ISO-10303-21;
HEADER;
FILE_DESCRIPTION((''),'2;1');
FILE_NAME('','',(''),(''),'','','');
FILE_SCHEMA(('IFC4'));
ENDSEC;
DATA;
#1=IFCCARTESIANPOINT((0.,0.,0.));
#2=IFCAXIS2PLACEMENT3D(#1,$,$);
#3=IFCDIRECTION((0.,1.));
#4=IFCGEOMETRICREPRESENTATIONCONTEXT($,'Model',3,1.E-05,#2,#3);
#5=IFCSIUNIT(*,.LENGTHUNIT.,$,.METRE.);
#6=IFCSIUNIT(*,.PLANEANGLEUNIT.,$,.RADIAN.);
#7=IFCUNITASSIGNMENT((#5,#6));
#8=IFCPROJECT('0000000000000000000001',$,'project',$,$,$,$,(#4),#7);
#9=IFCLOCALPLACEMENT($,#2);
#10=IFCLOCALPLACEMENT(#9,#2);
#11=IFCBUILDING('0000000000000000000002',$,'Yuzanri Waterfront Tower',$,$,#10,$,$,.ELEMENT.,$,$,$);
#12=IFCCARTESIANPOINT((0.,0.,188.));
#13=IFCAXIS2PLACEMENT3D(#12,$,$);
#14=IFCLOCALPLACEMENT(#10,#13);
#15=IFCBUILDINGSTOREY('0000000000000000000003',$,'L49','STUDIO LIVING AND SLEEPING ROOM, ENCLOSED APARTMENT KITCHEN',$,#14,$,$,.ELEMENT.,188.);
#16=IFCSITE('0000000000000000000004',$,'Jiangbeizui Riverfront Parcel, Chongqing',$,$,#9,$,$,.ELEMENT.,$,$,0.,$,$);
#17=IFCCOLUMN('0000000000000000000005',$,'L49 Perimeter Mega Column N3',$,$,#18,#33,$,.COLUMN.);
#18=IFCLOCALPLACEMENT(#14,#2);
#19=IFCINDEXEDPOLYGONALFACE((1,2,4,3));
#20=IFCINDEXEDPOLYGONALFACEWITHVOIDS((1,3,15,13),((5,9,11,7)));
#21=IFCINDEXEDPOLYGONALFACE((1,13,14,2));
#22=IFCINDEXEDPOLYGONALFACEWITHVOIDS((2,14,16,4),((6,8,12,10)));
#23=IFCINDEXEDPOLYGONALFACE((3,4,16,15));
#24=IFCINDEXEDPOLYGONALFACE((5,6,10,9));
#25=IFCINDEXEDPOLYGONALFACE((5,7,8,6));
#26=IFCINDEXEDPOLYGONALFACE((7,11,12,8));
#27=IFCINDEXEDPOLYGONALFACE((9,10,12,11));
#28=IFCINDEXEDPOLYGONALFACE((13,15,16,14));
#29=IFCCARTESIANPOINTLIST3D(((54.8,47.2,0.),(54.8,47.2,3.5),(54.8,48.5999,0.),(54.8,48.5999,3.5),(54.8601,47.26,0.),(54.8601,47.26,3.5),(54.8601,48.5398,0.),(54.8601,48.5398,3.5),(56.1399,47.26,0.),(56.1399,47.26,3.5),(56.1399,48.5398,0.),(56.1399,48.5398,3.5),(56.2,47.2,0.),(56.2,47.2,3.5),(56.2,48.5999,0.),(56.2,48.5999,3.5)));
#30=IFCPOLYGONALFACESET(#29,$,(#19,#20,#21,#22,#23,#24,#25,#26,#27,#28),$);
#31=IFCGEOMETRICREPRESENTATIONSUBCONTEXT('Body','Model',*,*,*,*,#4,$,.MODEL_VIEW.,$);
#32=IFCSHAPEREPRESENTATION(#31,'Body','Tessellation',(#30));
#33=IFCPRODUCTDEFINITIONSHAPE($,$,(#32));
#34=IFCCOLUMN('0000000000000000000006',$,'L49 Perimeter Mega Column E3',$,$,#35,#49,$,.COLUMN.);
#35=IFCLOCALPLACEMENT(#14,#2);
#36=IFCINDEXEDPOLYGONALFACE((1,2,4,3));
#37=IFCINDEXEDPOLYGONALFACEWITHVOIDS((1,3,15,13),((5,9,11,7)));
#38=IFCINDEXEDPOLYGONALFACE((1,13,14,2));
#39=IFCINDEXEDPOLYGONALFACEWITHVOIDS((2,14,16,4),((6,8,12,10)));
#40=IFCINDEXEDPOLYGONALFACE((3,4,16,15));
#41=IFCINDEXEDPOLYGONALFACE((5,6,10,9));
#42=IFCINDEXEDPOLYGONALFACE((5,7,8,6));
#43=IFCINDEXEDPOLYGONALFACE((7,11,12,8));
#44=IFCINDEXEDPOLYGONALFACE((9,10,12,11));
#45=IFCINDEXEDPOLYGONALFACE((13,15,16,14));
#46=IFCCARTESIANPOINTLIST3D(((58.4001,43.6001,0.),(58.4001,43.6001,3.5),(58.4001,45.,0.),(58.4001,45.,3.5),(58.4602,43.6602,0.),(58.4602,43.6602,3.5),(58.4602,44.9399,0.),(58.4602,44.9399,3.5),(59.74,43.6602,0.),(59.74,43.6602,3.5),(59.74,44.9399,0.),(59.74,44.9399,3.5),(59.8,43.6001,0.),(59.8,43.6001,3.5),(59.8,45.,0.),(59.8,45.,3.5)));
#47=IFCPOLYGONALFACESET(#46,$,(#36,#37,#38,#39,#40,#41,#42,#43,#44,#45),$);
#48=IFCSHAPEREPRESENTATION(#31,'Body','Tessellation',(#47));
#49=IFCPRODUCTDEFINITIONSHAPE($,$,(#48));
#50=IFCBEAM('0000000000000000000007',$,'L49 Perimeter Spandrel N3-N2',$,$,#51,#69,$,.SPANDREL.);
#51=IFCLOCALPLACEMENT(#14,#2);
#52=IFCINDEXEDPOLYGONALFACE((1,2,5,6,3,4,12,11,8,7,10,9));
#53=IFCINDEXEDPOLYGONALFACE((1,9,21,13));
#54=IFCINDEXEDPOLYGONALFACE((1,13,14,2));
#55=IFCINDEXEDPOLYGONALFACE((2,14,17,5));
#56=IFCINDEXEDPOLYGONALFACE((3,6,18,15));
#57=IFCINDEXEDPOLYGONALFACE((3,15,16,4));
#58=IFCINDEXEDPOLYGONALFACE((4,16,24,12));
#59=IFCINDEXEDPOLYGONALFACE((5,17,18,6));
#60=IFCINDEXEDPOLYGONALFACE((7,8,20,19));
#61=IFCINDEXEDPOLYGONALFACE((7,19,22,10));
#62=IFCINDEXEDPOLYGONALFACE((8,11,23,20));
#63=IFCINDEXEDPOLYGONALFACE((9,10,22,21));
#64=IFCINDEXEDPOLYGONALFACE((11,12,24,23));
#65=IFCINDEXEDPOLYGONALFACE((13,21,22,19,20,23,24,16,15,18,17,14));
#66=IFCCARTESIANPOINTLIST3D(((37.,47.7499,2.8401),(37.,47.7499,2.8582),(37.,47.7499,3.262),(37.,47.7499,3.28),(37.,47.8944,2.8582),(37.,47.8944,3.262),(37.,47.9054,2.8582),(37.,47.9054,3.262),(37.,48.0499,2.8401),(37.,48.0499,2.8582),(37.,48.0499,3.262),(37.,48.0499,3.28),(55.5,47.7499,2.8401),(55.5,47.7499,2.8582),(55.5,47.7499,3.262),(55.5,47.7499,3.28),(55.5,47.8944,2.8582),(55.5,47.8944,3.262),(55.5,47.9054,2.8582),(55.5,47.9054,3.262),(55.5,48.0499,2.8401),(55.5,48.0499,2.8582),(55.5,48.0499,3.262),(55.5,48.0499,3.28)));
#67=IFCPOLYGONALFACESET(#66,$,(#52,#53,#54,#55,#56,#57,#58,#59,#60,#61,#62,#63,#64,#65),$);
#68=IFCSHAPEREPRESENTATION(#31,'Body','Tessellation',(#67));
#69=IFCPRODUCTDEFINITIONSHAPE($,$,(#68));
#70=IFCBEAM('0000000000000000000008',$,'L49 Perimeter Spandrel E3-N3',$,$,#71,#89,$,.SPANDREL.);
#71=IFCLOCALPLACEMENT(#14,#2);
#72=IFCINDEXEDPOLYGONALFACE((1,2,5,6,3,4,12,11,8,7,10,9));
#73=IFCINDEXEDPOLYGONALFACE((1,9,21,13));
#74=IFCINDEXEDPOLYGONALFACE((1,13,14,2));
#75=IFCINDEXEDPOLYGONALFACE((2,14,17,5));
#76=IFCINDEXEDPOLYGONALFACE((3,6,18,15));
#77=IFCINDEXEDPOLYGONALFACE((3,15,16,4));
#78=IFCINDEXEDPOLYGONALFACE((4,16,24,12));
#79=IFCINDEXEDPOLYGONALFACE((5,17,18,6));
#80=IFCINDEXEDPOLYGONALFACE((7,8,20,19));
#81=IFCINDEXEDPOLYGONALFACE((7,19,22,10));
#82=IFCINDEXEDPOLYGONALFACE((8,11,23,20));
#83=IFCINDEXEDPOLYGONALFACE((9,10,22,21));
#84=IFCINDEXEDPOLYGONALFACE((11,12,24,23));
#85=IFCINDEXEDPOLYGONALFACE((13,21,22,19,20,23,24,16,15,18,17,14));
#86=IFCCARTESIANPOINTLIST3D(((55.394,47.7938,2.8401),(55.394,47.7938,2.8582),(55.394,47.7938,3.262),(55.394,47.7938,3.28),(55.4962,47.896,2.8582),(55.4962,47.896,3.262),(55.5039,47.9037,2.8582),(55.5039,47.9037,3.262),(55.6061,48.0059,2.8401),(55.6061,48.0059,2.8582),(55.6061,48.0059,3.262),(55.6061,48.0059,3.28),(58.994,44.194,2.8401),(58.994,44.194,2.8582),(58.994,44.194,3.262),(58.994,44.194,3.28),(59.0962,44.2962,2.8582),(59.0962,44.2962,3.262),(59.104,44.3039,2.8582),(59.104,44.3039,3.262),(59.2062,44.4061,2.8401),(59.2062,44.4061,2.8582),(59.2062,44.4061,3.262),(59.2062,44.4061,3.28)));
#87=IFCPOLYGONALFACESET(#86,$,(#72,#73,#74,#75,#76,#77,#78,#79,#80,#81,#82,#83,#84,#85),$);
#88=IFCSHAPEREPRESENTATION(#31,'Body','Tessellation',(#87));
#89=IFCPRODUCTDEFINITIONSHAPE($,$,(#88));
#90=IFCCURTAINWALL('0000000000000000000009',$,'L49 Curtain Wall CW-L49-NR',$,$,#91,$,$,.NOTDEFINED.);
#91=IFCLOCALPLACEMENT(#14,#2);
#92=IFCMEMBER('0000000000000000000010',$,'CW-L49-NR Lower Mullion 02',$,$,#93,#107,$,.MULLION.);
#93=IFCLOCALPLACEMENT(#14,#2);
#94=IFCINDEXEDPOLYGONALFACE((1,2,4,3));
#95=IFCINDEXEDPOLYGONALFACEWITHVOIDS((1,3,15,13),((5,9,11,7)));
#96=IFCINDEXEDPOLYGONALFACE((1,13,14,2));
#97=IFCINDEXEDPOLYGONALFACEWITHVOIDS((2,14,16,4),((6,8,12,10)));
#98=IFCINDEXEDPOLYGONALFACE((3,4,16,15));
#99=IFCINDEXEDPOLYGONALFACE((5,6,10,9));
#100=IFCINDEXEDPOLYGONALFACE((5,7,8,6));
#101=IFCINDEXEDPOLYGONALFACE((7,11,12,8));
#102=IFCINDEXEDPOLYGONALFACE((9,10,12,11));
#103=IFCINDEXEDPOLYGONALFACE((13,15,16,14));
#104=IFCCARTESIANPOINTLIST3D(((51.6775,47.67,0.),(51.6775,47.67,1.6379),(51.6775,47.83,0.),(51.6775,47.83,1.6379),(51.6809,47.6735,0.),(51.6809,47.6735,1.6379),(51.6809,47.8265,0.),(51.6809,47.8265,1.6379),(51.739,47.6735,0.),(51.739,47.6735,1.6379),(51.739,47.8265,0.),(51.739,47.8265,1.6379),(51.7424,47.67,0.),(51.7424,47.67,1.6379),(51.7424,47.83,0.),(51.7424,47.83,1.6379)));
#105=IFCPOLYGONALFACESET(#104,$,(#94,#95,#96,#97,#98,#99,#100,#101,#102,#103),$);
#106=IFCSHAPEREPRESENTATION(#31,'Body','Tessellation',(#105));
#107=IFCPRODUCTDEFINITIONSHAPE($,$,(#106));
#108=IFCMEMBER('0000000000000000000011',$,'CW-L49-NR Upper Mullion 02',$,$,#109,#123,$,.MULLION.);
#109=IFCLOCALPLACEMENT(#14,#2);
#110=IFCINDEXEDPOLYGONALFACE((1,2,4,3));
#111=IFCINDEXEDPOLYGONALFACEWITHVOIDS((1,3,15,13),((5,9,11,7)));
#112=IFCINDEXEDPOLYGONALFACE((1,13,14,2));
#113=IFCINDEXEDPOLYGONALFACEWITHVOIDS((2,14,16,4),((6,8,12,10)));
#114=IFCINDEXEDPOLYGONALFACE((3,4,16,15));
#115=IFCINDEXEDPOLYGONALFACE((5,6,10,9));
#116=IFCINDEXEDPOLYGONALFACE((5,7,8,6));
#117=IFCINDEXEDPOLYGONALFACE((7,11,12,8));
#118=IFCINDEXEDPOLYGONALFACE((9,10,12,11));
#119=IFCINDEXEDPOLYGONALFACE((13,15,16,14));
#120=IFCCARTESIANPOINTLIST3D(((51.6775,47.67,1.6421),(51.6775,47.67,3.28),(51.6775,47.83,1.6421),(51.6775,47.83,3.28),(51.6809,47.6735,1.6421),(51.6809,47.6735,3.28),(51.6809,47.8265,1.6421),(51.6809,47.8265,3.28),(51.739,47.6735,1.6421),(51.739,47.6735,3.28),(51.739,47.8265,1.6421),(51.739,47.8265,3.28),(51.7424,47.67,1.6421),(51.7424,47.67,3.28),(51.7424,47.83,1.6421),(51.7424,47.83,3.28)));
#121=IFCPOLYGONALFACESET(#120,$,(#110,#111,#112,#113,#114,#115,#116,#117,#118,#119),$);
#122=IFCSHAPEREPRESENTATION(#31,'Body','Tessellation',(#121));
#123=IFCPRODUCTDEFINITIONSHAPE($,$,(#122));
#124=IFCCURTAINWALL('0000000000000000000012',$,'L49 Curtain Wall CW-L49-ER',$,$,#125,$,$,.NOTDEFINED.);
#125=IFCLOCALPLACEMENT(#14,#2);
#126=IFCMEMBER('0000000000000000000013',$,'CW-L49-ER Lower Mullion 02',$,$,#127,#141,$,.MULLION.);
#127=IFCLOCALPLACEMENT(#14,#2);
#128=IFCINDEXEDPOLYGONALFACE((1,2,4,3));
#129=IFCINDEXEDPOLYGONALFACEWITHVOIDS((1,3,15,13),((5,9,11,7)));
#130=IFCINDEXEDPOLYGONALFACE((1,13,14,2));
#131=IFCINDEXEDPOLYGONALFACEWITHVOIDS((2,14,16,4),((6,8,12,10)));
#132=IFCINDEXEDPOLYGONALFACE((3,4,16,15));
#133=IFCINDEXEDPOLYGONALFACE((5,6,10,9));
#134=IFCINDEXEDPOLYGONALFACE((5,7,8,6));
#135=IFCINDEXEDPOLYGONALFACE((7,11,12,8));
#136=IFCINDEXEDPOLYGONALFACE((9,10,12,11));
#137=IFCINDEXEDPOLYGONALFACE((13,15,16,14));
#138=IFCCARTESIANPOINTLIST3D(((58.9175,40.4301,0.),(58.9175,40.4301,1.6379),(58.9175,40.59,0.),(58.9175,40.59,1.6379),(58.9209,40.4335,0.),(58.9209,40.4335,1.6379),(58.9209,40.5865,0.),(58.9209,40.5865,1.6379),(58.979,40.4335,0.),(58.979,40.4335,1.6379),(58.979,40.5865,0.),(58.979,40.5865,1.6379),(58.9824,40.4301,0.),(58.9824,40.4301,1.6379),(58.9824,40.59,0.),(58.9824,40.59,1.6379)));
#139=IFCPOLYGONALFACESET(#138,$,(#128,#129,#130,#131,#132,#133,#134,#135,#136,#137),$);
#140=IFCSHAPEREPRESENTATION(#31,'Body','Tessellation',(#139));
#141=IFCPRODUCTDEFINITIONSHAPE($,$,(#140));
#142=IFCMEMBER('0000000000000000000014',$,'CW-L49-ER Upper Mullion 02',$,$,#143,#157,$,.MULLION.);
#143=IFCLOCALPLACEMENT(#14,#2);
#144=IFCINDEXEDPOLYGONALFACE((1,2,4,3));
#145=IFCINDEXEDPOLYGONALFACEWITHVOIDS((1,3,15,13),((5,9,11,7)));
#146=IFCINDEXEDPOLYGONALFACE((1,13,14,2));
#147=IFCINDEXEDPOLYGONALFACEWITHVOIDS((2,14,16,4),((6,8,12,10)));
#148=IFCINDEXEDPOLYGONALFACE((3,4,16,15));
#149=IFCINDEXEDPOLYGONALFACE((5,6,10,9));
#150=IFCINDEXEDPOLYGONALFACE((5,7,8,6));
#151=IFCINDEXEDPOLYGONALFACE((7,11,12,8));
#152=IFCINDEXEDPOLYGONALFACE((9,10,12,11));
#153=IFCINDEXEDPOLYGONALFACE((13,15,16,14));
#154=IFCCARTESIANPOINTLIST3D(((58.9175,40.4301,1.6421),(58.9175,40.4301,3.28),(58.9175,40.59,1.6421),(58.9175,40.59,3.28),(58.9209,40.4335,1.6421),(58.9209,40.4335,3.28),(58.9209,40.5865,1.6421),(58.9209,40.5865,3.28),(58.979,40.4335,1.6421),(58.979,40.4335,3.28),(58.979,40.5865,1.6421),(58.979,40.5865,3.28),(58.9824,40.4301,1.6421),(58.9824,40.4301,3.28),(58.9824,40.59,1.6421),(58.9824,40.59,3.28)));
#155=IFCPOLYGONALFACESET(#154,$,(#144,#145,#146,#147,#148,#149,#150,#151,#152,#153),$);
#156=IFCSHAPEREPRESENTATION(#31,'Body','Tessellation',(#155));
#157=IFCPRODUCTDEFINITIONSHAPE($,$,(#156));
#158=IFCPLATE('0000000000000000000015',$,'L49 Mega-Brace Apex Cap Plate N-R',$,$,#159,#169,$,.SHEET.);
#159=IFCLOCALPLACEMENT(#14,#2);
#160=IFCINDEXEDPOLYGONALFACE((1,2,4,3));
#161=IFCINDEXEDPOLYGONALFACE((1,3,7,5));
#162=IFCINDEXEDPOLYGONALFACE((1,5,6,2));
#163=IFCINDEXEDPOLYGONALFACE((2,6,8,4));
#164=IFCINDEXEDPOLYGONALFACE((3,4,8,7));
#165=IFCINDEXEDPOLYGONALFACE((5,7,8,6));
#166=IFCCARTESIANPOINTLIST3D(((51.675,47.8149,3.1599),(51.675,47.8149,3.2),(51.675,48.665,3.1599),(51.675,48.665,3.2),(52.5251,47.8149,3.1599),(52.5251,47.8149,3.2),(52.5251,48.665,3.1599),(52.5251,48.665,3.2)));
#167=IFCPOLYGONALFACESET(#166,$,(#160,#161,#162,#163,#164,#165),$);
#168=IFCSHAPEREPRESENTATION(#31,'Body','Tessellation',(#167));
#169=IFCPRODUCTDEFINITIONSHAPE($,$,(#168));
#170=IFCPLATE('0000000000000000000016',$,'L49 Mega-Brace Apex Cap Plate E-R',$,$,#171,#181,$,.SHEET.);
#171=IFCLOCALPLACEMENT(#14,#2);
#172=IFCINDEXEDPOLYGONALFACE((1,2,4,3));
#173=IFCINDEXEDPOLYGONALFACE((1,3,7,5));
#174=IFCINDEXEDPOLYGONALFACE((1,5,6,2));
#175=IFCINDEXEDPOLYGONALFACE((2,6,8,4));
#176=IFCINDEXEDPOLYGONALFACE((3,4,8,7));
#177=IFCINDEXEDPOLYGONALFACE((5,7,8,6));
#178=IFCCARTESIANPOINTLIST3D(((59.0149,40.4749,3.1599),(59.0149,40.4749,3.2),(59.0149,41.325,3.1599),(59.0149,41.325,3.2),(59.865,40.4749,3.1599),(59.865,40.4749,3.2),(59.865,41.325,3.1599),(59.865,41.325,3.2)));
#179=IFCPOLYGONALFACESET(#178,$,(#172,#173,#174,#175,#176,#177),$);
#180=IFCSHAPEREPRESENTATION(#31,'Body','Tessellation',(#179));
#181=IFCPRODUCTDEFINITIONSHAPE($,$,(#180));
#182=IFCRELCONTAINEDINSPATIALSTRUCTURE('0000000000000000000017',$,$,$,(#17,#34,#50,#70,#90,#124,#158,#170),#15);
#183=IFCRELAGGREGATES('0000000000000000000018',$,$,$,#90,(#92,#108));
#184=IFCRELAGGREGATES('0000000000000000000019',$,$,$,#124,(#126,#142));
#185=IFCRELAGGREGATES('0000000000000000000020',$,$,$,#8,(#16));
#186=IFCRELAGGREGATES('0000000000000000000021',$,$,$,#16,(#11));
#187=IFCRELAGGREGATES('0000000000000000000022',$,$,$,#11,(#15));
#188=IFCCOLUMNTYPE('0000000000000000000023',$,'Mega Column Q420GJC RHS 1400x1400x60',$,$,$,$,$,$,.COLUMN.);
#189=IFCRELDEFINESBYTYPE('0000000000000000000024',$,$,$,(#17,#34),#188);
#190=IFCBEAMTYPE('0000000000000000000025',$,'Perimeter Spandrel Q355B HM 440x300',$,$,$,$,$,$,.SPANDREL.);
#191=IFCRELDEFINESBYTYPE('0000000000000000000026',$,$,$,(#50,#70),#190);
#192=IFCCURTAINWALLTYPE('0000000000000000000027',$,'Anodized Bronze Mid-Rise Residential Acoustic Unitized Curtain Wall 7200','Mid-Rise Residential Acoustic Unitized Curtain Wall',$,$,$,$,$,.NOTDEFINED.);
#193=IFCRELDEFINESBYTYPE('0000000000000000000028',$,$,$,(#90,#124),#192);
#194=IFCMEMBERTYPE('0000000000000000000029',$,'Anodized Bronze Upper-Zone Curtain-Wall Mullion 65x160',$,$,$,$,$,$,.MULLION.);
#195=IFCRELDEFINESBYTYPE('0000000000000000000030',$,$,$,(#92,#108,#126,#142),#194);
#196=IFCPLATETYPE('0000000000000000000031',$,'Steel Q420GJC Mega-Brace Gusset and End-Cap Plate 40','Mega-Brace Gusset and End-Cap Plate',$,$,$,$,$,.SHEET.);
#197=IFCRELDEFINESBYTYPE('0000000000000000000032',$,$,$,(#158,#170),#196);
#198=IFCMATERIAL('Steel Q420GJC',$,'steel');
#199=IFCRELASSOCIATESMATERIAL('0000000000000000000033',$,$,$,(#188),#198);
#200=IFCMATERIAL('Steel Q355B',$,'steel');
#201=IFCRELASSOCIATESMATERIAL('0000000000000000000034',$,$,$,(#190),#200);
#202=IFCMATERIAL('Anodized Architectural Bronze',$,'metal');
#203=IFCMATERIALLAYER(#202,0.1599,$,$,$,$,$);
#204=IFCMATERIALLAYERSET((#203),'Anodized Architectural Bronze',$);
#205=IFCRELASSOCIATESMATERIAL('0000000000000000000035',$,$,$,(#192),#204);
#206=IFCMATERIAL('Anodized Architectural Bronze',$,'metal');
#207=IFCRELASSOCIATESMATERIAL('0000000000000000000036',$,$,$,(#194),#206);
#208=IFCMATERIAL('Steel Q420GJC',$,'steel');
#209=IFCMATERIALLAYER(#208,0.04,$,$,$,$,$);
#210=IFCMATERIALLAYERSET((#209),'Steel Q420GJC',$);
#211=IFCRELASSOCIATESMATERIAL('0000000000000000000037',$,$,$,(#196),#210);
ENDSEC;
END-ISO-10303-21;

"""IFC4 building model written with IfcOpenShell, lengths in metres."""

from ifc_helpers import new_model, si_unit, direction, frame, origin, origin_2d, place, context, subcontext, project, spatial, rectangle, hollow_rectangle, i_section, extrude, source, transform, mapped, material, layer, layer_set, material_profile, profile_set, type_object, element, aggregate, save


model = new_model("IFC4")

# Units and contexts
model_context = context("Model", 3, precision=1e-05, world=origin(), true_north=direction((0.0, 1.0)))
body_context = subcontext(model_context, "Body", "Model", "MODEL_VIEW")
ifc_project = project(units=[si_unit("LENGTHUNIT", "METRE"), si_unit("PLANEANGLEUNIT", "RADIAN")], contexts=[model_context])

# Site, building, storey
site_placement = place(None, origin())
site = spatial("IfcSite", under=ifc_project, at=site_placement, Name="Jiangbeizui Riverfront Parcel, Chongqing", CompositionType="ELEMENT", RefElevation=0.0)
building_placement = place(site_placement, origin())
building = spatial("IfcBuilding", under=site, at=building_placement, Name="Yuzanri Waterfront Tower", CompositionType="ELEMENT")
storey_placement = place(building_placement, frame((0.0, 0.0, 188.0)))
storey = spatial("IfcBuildingStorey", under=building, at=storey_placement, Name="L49", Description="STUDIO LIVING AND SLEEPING ROOM, ENCLOSED APARTMENT KITCHEN", CompositionType="ELEMENT", Elevation=188.0)

# Columns
ifc_material_1 = material(Name="Steel Q420GJC", Category="steel")
ifc_material_profile_1 = material_profile(ifc_material_1, hollow_rectangle(XDim=1.3999, YDim=1.3999, WallThickness=0.0601, at=origin_2d()), Name="RHS 1400x1400x60")
ifc_profile_set_1 = profile_set([ifc_material_profile_1], Name="Steel Q420GJC")
column_type = type_object("IfcColumnType", Name="Mega Column Q420GJC RHS 1400x1400x60", PredefinedType="COLUMN", material=ifc_profile_set_1)
shared_shape_1 = source(origin(), body_context, "Body", "SweptSolid", [
    extrude(hollow_rectangle(XDim=1.3999, YDim=1.3999, WallThickness=0.0601, at=origin_2d()), origin(), (0.0, 0.0, 1.0), 3.5),
])
for number, where, z_axis, x_axis, name in (
    (1, (55.5, 47.8999, 0.0), (0.0, 0.0, 1.0), (1.0, 0.0, 0.0), "L49 Perimeter Mega Column N3"),
    (2, (59.1001, 44.3, 0.0), (0.0, 0.0, 1.0), (1.0, 0.0, 0.0), "L49 Perimeter Mega Column E3"),
):
    element("IfcColumn", number, at=place(storey_placement, frame(where, z_axis=z_axis, x_axis=x_axis)), inside=storey, type_object=column_type, Name=name, PredefinedType="COLUMN", context=body_context, shape_type="MappedRepresentation", body=[
        mapped(shared_shape_1, transform((0.0, 0.0, 0.0), scale=1.0)),
    ])

# Beams
ifc_material_2 = material(Name="Steel Q355B", Category="steel")
ifc_material_profile_2 = material_profile(ifc_material_2, i_section(OverallWidth=0.3, OverallDepth=0.4399, WebThickness=0.011, FlangeThickness=0.0181, at=origin_2d()), Name="HM 440x300x11x18")
ifc_profile_set_2 = profile_set([ifc_material_profile_2], Name="Steel Q355B")
beam_type = type_object("IfcBeamType", Name="Perimeter Spandrel Q355B HM 440x300", PredefinedType="SPANDREL", material=ifc_profile_set_2)
shared_shape_2 = source(origin(), body_context, "Body", "SweptSolid", [
    extrude(i_section(OverallWidth=0.3, OverallDepth=0.4399, WebThickness=0.011, FlangeThickness=0.0181, at=origin_2d()), origin(), (0.0, 0.0, 1.0), 18.5),
])
beam_1_placement = place(storey_placement, frame((55.5, 47.8999, 3.0601), z_axis=(-1.0, 0.0, 0.0), x_axis=(0.0, -1.0, 0.0)))
element("IfcBeam", 3, at=beam_1_placement, inside=storey, type_object=beam_type, Name="L49 Perimeter Spandrel N3-N2", PredefinedType="SPANDREL", context=body_context, shape_type="MappedRepresentation", body=[
    mapped(shared_shape_2, transform((0.0, 0.0, 0.0), scale=1.0)),
])
shared_shape_3 = source(origin(), body_context, "Body", "SweptSolid", [
    extrude(i_section(OverallWidth=0.3, OverallDepth=0.4399, WebThickness=0.011, FlangeThickness=0.0181, at=origin_2d()), origin(), (0.0, 0.0, 1.0), 5.0911),
])
beam_2_placement = place(storey_placement, frame((59.1001, 44.3, 3.0601), z_axis=(-0.707131, 0.707083, 0.0), x_axis=(-0.707083, -0.707131, 0.0)))
element("IfcBeam", 4, at=beam_2_placement, inside=storey, type_object=beam_type, Name="L49 Perimeter Spandrel E3-N3", PredefinedType="SPANDREL", context=body_context, shape_type="MappedRepresentation", body=[
    mapped(shared_shape_3, transform((0.0, 0.0, 0.0), scale=1.0)),
])

# Curtain walls, members
ifc_material_3 = material(Name="Anodized Architectural Bronze", Category="metal")
ifc_layer_1 = layer(ifc_material_3, 0.1599)
ifc_layer_set_1 = layer_set([ifc_layer_1], Name="Anodized Architectural Bronze")
curtain_wall_type = type_object("IfcCurtainWallType", Name="Anodized Bronze Mid-Rise Residential Acoustic Unitized Curtain Wall 7200", Description="Mid-Rise Residential Acoustic Unitized Curtain Wall", PredefinedType="NOTDEFINED", material=ifc_layer_set_1)
curtain_wall_1_placement = place(storey_placement, origin())
curtain_wall_1 = element("IfcCurtainWall", 5, at=curtain_wall_1_placement, inside=storey, type_object=curtain_wall_type, Name="L49 Curtain Wall CW-L49-NR", PredefinedType="NOTDEFINED")
ifc_material_4 = material(Name="Anodized Architectural Bronze", Category="metal")
ifc_material_profile_3 = material_profile(ifc_material_4, hollow_rectangle(XDim=0.0649, YDim=0.1599, WallThickness=0.0034, at=origin_2d()), Name="CWM 65x160")
ifc_profile_set_3 = profile_set([ifc_material_profile_3], Name="Anodized Architectural Bronze")
member_type = type_object("IfcMemberType", Name="Anodized Bronze Upper-Zone Curtain-Wall Mullion 65x160", PredefinedType="MULLION", material=ifc_profile_set_3)
shared_shape_4 = source(origin(), body_context, "Body", "SweptSolid", [
    extrude(hollow_rectangle(XDim=0.0649, YDim=0.1599, WallThickness=0.0034, at=origin_2d()), origin(), (0.0, 0.0, 1.0), 1.6379),
])
member_1_placement = place(storey_placement, frame((51.71, 47.75, 0.0), z_axis=(0.0, 0.0, 1.0), x_axis=(1.0, 0.0, 0.0)))
member_1 = element("IfcMember", 6, at=member_1_placement, type_object=member_type, Name="CW-L49-NR Lower Mullion 02", PredefinedType="MULLION", context=body_context, shape_type="MappedRepresentation", body=[
    mapped(shared_shape_4, transform((0.0, 0.0, 0.0), scale=1.0)),
])
member_2_placement = place(storey_placement, frame((51.71, 47.75, 1.6421), z_axis=(0.0, 0.0, 1.0), x_axis=(1.0, 0.0, 0.0)))
member_2 = element("IfcMember", 7, at=member_2_placement, type_object=member_type, Name="CW-L49-NR Upper Mullion 02", PredefinedType="MULLION", context=body_context, shape_type="MappedRepresentation", body=[
    mapped(shared_shape_4, transform((0.0, 0.0, 0.0), scale=1.0)),
])
curtain_wall_2_placement = place(storey_placement, origin())
curtain_wall_2 = element("IfcCurtainWall", 8, at=curtain_wall_2_placement, inside=storey, type_object=curtain_wall_type, Name="L49 Curtain Wall CW-L49-ER", PredefinedType="NOTDEFINED")
member_3_placement = place(storey_placement, frame((58.95, 40.51, 0.0), z_axis=(0.0, 0.0, 1.0), x_axis=(1.0, 0.0, 0.0)))
member_3 = element("IfcMember", 9, at=member_3_placement, type_object=member_type, Name="CW-L49-ER Lower Mullion 02", PredefinedType="MULLION", context=body_context, shape_type="MappedRepresentation", body=[
    mapped(shared_shape_4, transform((0.0, 0.0, 0.0), scale=1.0)),
])
member_4_placement = place(storey_placement, frame((58.95, 40.51, 1.6421), z_axis=(0.0, 0.0, 1.0), x_axis=(1.0, 0.0, 0.0)))
member_4 = element("IfcMember", 10, at=member_4_placement, type_object=member_type, Name="CW-L49-ER Upper Mullion 02", PredefinedType="MULLION", context=body_context, shape_type="MappedRepresentation", body=[
    mapped(shared_shape_4, transform((0.0, 0.0, 0.0), scale=1.0)),
])

# Plates
ifc_material_5 = material(Name="Steel Q420GJC", Category="steel")
ifc_layer_2 = layer(ifc_material_5, 0.04)
ifc_layer_set_2 = layer_set([ifc_layer_2], Name="Steel Q420GJC")
plate_type_1 = type_object("IfcPlateType", Name="Steel Q420GJC Mega-Brace Gusset and End-Cap Plate 40", Description="Mega-Brace Gusset and End-Cap Plate", PredefinedType="SHEET", material=ifc_layer_set_2)
shared_shape_5 = source(origin(), body_context, "Body", "SweptSolid", [
    extrude(rectangle(XDim=0.8501, YDim=0.8501, at=origin_2d()), origin(), (0.0, 0.0, 1.0), 0.04),
])
for number, where, z_axis, x_axis, name in (
    (11, (52.1001, 48.24, 3.1599), (0.0, 0.0, 1.0), (1.0, 0.0, 0.0), "L49 Mega-Brace Apex Cap Plate N-R"),
    (12, (59.4399, 40.8999, 3.1599), (0.0, 0.0, 1.0), (1.0, 0.0, 0.0), "L49 Mega-Brace Apex Cap Plate E-R"),
):
    element("IfcPlate", number, at=place(storey_placement, frame(where, z_axis=z_axis, x_axis=x_axis)), inside=storey, type_object=plate_type_1, Name=name, PredefinedType="SHEET", context=body_context, shape_type="MappedRepresentation", body=[
        mapped(shared_shape_5, transform((0.0, 0.0, 0.0), scale=1.0)),
    ])

aggregate(curtain_wall_1, [member_1, member_2])
aggregate(curtain_wall_2, [member_3, member_4])

save(model, "model.ifc")
